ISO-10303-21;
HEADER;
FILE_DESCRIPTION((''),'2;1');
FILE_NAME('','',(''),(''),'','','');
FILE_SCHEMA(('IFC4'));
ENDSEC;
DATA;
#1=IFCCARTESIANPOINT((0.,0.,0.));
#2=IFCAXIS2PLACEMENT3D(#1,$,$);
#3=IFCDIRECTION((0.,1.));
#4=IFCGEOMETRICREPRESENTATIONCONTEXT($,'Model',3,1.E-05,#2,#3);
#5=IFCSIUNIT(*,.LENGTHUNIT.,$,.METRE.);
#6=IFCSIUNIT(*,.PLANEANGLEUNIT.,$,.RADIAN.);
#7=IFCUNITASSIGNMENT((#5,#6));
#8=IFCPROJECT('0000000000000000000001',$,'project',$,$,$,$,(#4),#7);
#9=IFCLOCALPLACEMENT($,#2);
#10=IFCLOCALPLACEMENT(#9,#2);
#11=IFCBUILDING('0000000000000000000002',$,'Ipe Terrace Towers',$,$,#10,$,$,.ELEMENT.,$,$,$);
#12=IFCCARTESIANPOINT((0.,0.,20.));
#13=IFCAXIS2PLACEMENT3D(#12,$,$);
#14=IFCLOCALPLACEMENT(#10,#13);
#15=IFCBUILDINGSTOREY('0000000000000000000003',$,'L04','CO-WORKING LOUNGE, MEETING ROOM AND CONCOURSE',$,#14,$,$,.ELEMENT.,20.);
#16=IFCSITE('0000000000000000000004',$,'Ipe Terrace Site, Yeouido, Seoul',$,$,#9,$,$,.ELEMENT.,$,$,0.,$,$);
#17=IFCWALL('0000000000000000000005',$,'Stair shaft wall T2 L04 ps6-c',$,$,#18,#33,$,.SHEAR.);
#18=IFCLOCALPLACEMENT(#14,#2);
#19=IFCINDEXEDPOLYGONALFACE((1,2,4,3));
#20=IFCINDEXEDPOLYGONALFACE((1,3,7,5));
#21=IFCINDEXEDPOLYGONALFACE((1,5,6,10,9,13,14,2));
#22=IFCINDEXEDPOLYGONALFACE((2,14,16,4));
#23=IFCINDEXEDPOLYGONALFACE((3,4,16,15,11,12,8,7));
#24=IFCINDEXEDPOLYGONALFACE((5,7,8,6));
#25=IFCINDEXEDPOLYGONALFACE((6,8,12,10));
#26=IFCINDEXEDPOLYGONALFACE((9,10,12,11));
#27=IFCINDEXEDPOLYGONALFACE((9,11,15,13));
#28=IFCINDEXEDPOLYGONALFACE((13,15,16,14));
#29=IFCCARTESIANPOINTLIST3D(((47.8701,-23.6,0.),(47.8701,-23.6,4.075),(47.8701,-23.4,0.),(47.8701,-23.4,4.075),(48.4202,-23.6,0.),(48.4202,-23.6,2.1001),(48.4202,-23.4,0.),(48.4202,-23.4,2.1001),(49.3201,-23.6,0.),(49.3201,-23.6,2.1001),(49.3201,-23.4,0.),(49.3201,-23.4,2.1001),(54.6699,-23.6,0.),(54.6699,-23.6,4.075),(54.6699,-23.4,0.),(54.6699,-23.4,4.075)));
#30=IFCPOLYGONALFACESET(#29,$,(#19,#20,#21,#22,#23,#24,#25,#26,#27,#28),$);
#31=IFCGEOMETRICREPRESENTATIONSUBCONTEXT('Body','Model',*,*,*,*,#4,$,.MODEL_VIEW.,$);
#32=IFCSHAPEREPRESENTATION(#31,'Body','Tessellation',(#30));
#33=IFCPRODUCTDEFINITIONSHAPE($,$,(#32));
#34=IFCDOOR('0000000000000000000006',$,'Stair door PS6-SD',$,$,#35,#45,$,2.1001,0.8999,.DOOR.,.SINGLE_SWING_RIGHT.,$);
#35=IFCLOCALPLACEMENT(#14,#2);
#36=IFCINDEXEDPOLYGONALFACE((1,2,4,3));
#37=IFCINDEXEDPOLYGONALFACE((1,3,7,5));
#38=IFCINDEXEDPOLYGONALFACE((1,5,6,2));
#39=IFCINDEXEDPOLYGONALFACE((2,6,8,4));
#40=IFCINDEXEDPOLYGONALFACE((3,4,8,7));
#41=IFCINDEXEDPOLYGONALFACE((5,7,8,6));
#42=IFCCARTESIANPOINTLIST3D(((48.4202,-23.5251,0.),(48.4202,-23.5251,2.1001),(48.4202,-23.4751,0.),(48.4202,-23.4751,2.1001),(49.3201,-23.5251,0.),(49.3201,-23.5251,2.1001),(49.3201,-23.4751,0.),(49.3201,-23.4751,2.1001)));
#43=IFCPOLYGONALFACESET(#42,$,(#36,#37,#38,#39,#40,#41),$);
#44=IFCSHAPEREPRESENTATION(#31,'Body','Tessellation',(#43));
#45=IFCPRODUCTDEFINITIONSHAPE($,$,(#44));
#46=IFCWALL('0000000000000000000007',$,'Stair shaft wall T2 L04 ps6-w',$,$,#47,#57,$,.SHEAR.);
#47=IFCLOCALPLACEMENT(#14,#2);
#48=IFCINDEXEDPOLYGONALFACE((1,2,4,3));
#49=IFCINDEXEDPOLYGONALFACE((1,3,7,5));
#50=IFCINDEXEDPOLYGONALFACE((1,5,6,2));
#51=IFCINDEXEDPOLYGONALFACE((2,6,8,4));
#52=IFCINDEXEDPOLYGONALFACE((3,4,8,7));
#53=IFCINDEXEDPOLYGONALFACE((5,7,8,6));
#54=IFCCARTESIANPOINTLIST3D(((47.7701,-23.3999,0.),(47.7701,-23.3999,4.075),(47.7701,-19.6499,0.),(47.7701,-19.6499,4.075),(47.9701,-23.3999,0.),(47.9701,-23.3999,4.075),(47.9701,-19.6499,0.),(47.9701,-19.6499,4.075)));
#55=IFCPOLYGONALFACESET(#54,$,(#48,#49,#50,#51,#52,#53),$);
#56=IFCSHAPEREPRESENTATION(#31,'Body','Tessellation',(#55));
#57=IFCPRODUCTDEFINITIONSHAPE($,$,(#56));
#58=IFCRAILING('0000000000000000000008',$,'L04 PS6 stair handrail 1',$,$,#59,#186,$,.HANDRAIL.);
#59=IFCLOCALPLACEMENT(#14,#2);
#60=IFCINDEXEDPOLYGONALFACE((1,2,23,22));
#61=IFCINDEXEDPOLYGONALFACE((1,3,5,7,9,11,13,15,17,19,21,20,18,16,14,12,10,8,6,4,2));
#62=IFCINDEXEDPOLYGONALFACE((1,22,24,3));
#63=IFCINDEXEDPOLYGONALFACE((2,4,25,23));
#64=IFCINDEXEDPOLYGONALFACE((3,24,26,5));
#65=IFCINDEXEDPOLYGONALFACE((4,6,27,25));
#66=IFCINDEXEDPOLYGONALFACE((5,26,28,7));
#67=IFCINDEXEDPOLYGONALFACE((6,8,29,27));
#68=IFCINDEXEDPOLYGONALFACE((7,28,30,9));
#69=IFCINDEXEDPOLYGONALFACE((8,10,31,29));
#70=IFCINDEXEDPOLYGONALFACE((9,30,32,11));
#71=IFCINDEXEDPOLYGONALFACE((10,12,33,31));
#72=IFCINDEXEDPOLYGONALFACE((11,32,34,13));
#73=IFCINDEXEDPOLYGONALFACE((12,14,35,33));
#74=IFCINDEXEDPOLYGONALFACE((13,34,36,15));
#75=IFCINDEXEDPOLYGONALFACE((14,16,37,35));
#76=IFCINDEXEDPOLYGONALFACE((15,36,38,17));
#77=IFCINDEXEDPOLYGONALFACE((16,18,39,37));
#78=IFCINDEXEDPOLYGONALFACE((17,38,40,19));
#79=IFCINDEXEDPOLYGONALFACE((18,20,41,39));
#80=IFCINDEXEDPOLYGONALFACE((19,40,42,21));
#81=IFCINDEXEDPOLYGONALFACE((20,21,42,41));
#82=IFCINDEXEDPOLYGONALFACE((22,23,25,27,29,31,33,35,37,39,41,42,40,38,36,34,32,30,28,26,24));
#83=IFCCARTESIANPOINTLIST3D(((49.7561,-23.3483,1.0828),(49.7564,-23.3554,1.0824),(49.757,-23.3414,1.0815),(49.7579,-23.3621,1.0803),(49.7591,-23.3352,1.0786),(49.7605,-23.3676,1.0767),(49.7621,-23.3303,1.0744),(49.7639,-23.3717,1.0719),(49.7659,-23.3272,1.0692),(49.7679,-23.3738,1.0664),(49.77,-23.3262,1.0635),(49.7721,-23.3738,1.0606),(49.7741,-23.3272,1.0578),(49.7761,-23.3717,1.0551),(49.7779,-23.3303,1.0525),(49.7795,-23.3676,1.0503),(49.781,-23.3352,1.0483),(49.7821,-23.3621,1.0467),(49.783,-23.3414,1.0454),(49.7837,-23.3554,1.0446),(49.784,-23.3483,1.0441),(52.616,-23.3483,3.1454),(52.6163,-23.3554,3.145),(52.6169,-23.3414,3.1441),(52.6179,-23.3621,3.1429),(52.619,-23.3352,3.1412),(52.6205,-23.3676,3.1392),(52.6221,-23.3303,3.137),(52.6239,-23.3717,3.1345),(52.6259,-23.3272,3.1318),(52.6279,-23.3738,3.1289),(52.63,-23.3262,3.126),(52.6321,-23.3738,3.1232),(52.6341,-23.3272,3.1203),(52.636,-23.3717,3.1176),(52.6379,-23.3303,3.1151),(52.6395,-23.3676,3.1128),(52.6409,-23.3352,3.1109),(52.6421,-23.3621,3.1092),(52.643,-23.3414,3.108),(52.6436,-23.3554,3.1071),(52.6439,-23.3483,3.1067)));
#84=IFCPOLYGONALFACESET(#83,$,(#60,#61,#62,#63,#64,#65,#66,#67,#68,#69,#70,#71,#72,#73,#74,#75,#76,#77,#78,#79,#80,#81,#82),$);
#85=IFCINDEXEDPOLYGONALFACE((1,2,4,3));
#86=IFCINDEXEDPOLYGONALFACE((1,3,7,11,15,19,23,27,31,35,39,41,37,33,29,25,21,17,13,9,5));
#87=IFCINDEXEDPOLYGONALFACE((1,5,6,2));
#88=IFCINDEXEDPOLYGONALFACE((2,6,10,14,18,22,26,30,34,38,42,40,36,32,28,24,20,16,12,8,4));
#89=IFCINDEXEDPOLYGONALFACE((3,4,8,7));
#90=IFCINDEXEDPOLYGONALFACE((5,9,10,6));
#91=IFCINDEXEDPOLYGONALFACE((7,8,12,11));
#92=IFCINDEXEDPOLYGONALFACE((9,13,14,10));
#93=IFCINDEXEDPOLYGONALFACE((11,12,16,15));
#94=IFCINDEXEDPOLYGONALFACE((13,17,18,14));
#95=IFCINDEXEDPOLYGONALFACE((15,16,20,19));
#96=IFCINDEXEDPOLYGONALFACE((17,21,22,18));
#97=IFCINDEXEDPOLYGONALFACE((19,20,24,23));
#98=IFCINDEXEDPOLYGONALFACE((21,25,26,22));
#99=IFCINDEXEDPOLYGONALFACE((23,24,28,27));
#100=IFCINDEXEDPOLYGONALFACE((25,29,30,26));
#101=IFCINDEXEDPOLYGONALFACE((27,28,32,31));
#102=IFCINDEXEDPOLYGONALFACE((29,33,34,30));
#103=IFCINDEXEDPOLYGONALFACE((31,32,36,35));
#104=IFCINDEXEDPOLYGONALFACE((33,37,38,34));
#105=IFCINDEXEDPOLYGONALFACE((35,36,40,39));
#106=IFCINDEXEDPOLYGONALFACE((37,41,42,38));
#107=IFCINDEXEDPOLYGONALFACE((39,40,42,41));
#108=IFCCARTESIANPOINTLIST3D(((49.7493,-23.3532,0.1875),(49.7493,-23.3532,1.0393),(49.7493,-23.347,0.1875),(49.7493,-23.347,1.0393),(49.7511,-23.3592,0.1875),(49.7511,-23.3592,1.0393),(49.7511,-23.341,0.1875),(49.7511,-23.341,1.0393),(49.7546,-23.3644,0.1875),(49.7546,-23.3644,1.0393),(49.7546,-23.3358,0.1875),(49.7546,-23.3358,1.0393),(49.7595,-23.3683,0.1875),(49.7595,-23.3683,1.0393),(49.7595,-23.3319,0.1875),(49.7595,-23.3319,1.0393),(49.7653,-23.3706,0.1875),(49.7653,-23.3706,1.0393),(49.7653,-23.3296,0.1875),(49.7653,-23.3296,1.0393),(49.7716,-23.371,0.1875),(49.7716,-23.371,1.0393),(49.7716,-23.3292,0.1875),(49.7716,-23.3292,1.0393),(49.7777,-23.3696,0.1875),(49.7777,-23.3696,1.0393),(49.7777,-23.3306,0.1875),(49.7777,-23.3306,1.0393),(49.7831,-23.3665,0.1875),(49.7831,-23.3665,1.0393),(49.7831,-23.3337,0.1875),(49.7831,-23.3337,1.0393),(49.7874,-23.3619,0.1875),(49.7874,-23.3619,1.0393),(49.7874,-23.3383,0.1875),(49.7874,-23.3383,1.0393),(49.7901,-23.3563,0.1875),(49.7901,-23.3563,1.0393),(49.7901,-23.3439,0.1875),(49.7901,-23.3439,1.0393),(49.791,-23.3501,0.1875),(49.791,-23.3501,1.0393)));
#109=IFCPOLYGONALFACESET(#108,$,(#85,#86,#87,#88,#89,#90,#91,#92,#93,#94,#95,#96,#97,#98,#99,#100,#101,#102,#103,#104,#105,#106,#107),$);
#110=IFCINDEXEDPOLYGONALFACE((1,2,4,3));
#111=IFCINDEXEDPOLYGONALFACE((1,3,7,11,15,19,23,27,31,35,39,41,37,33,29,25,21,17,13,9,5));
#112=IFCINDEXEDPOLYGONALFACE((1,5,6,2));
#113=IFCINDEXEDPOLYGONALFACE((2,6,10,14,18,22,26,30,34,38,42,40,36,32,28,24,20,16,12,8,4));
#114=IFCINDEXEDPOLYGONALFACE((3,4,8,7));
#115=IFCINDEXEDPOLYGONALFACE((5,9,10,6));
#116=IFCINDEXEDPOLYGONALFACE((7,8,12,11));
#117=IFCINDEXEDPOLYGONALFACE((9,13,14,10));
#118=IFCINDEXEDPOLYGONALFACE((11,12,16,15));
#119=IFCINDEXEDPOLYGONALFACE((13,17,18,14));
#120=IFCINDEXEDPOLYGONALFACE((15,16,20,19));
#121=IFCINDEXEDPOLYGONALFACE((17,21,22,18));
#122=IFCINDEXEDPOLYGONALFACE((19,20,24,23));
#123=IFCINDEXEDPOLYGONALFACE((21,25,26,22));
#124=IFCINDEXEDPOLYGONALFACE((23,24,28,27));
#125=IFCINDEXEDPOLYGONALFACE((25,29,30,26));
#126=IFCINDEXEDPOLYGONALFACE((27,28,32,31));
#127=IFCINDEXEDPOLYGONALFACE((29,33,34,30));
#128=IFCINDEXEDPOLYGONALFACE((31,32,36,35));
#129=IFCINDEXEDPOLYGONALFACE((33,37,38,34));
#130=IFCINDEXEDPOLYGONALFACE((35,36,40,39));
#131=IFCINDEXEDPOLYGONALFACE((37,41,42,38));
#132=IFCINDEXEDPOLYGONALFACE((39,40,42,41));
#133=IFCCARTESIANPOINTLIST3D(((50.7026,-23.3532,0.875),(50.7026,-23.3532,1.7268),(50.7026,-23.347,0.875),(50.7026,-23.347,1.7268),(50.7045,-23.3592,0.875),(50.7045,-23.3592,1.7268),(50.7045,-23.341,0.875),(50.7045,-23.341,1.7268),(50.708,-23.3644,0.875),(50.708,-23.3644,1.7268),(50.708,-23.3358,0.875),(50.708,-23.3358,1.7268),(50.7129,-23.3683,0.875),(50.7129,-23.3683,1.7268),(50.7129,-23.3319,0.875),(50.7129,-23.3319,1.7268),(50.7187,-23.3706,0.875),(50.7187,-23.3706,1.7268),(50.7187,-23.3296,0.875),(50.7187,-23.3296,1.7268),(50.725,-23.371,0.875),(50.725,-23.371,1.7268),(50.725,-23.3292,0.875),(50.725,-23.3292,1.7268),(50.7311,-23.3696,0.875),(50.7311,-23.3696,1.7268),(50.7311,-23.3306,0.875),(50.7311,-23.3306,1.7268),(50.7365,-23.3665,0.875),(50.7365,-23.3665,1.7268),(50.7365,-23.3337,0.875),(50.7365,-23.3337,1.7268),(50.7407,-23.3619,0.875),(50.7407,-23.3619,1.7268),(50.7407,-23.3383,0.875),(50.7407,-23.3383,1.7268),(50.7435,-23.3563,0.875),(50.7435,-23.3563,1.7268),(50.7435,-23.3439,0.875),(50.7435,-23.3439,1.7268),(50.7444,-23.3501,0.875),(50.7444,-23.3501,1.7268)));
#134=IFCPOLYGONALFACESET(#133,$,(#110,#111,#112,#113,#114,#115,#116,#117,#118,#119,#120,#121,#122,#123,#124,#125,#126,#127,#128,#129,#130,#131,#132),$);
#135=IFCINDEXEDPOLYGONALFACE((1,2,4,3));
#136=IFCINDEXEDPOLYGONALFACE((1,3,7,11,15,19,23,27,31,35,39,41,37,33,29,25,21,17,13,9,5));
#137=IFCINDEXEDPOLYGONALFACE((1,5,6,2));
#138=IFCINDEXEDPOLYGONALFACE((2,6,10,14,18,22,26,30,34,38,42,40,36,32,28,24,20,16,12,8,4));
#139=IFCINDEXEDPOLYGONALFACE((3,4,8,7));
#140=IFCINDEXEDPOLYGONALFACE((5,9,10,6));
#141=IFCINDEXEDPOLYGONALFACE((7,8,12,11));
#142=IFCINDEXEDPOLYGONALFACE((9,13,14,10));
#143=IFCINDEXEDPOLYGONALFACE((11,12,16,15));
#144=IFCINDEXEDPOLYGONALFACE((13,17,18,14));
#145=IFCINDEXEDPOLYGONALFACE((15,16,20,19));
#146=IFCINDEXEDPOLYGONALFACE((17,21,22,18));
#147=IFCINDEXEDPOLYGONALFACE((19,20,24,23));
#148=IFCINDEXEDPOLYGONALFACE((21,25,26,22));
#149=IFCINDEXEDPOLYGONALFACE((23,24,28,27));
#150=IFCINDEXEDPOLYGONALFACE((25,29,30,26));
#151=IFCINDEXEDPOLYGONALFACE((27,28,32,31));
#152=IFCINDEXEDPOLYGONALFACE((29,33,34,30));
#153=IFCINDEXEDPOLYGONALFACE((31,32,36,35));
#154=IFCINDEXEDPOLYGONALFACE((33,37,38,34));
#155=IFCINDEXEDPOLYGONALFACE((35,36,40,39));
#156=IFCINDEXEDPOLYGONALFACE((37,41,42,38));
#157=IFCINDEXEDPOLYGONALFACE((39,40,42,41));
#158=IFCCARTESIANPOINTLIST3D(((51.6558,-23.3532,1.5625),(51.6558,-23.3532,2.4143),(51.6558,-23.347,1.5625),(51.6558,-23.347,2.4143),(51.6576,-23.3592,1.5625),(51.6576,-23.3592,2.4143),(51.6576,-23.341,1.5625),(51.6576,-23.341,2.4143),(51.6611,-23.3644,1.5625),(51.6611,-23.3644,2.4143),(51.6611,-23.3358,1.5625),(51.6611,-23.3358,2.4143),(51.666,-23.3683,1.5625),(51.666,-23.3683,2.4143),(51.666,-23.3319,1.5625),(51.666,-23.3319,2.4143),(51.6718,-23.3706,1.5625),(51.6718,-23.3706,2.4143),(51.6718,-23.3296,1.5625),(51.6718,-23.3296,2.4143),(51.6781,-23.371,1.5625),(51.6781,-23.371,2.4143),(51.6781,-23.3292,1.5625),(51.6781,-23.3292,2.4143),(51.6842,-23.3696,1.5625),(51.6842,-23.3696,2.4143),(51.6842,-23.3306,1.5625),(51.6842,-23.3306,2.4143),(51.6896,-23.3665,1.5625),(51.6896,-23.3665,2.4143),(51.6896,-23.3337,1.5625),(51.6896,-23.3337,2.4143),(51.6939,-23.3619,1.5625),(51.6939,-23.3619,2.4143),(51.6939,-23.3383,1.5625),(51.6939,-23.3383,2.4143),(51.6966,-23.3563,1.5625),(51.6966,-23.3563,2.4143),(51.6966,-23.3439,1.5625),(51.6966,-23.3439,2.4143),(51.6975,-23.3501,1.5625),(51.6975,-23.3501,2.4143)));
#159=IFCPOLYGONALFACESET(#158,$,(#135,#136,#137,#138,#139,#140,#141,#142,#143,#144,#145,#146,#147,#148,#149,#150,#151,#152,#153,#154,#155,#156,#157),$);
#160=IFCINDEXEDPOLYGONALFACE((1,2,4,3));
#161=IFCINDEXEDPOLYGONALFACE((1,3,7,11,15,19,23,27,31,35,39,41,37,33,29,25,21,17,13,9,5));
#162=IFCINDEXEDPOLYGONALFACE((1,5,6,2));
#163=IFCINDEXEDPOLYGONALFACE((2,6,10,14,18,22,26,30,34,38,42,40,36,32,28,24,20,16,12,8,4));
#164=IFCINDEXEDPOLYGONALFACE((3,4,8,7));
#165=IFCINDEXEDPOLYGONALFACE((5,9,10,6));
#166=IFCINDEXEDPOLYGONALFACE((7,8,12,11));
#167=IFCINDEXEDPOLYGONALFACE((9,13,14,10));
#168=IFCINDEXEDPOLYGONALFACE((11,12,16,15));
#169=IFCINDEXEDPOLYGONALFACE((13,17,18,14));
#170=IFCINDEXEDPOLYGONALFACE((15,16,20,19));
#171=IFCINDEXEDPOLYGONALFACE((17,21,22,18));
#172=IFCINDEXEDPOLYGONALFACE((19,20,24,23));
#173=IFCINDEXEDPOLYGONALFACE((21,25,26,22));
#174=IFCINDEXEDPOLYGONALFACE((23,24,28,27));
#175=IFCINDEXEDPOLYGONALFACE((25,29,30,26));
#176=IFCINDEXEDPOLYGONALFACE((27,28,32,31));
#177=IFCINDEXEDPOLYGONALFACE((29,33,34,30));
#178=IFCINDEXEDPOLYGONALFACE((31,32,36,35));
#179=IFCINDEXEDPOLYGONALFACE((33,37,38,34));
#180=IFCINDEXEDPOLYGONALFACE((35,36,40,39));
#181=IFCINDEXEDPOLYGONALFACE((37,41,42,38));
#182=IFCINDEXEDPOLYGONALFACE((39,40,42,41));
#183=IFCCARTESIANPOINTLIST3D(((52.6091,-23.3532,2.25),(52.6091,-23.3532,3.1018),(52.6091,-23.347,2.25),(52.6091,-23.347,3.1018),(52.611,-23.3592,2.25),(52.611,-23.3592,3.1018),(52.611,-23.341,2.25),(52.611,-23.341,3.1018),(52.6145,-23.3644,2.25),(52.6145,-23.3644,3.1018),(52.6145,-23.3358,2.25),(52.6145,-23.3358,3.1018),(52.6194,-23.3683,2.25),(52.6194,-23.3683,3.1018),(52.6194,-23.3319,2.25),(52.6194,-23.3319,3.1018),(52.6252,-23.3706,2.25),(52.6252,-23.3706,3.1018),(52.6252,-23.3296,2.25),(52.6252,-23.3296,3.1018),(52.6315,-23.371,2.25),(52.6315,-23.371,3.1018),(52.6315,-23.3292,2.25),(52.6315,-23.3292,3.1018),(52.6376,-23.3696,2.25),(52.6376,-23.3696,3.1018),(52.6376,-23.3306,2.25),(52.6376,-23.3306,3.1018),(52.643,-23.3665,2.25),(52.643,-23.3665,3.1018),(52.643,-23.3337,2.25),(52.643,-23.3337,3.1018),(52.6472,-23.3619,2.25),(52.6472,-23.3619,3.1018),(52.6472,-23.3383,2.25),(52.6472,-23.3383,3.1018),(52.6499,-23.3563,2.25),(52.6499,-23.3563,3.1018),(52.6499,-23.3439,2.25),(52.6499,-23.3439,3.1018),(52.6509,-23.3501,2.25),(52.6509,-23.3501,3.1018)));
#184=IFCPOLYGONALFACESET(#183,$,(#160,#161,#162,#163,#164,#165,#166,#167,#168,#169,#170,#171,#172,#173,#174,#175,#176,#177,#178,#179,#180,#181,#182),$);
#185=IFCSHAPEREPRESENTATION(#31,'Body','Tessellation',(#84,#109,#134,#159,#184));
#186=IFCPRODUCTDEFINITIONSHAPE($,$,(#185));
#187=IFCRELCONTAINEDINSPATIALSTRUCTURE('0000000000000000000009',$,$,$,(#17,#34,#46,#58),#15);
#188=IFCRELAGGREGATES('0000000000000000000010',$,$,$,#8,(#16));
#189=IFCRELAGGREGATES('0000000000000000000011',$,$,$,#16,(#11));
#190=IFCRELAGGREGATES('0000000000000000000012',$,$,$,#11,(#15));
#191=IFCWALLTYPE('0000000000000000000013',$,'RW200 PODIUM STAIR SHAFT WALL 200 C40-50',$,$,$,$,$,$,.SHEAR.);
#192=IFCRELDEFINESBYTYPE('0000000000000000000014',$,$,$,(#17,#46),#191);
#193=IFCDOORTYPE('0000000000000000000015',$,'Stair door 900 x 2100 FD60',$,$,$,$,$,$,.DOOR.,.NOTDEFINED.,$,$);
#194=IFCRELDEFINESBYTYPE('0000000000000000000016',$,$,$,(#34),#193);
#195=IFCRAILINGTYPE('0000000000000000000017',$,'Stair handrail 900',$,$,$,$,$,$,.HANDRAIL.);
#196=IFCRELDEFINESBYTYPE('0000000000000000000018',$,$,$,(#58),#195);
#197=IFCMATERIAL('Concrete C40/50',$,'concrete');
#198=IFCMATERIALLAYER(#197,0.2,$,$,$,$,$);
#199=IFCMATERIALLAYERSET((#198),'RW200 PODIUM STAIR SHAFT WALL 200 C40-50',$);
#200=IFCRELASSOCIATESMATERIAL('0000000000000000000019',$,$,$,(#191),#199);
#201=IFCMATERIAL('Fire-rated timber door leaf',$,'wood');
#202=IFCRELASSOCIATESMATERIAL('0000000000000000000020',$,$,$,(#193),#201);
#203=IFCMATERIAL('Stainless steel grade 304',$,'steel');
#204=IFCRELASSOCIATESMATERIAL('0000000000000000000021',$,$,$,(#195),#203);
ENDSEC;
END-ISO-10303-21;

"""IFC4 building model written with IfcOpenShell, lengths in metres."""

from ifc_helpers import new_model, si_unit, direction, frame, frame_2d, origin, origin_2d, place, context, subcontext, project, spatial, rectangle, circle, extrude, material, layer, layer_set, type_object, element, fill, save


model = new_model("IFC4")

# Units and contexts
model_context = context("Model", 3, precision=1e-05, world=origin(), true_north=direction((0.0, 1.0)))
body_context = subcontext(model_context, "Body", "Model", "MODEL_VIEW")
ifc_project = project(units=[si_unit("LENGTHUNIT", "METRE"), si_unit("PLANEANGLEUNIT", "RADIAN")], contexts=[model_context])

# Site, building, storey
site_placement = place(None, origin())
site = spatial("IfcSite", under=ifc_project, at=site_placement, Name="Ipe Terrace Site, Yeouido, Seoul", CompositionType="ELEMENT", RefElevation=0.0)
building_placement = place(site_placement, origin())
building = spatial("IfcBuilding", under=site, at=building_placement, Name="Ipe Terrace Towers", CompositionType="ELEMENT")
storey_placement = place(building_placement, frame((0.0, 0.0, 20.0)))
storey = spatial("IfcBuildingStorey", under=building, at=storey_placement, Name="L04", Description="CO-WORKING LOUNGE, MEETING ROOM AND CONCOURSE", CompositionType="ELEMENT", Elevation=20.0)

# Wall, opening, door
ifc_material_1 = material(Name="Concrete C40/50", Category="concrete")
ifc_layer_1 = layer(ifc_material_1, 0.2)
ifc_layer_set_1 = layer_set([ifc_layer_1], Name="RW200 PODIUM STAIR SHAFT WALL 200 C40-50")
wall_type_1 = type_object("IfcWallType", Name="RW200 PODIUM STAIR SHAFT WALL 200 C40-50", PredefinedType="SHEAR", material=ifc_layer_set_1)
wall_1_placement = place(storey_placement, frame((47.8701, -23.5, 0.0), z_axis=(0.0, 0.0, 1.0), x_axis=(1.0, 0.0, 0.0)))
wall_1 = element("IfcWall", 1, at=wall_1_placement, inside=storey, type_object=wall_type_1, Name="Stair shaft wall T2 L04 ps6-c", PredefinedType="SHEAR", context=body_context, shape_type="SweptSolid", body=[
    extrude(rectangle(XDim=6.7998, YDim=0.2, at=frame_2d((3.3999, 0.0))), origin(), (0.0, 0.0, 1.0), 4.075),
])
opening_1_placement = place(wall_1_placement, frame((0.55, 0.0, 0.0)))
opening_1 = element("IfcOpeningElement", 2, at=opening_1_placement, cuts=wall_1, PredefinedType="OPENING", context=body_context, shape_type="SweptSolid", body=[
    extrude(rectangle(XDim=0.8999, YDim=2.1001, at=frame_2d((0.45, 1.05))), frame((0.0, 0.1099, 0.0), z_axis=(0.0, -1.0, 0.0), x_axis=(1.0, 0.0, 0.0)), (0.0, 0.0, 1.0), 0.22),
])
ifc_material_2 = material(Name="Fire-rated timber door leaf", Category="wood")
door_type_1 = type_object("IfcDoorType", Name="Stair door 900 x 2100 FD60", OperationType="NOTDEFINED", PredefinedType="DOOR", material=ifc_material_2)
door_1_placement = place(opening_1_placement, origin())
door_1 = element("IfcDoor", 3, at=door_1_placement, inside=storey, type_object=door_type_1, Name="Stair door PS6-SD", OperationType="SINGLE_SWING_RIGHT", OverallHeight=2.1001, OverallWidth=0.8999, PredefinedType="DOOR", context=body_context, shape_type="SweptSolid", body=[
    extrude(rectangle(XDim=0.8999, YDim=2.1001, at=frame_2d((0.45, 1.05))), frame((0.0, 0.0249, 0.0), z_axis=(0.0, -1.0, 0.0), x_axis=(1.0, 0.0, 0.0)), (0.0, 0.0, 1.0), 0.05),
])
fill(opening_1, door_1)

# Wall
wall_2_placement = place(storey_placement, frame((47.8701, -23.3999, 0.0), z_axis=(0.0, 0.0, 1.0), x_axis=(0.0, 1.0, 0.0)))
element("IfcWall", 4, at=wall_2_placement, inside=storey, type_object=wall_type_1, Name="Stair shaft wall T2 L04 ps6-w", PredefinedType="SHEAR", context=body_context, shape_type="SweptSolid", body=[
    extrude(rectangle(XDim=3.75, YDim=0.2, at=frame_2d((1.875, 0.0))), origin(), (0.0, 0.0, 1.0), 4.075),
])

# Railing
ifc_material_3 = material(Name="Stainless steel grade 304", Category="steel")
railing_type_1 = type_object("IfcRailingType", Name="Stair handrail 900", PredefinedType="HANDRAIL", material=ifc_material_3)
railing_1_placement = place(storey_placement, frame((49.77, -23.3501, 0.1875)))
element("IfcRailing", 5, at=railing_1_placement, inside=storey, type_object=railing_type_1, Name="L04 PS6 stair handrail 1", PredefinedType="HANDRAIL", context=body_context, shape_type="SweptSolid", body=[
    extrude(circle(Radius=0.0239, at=origin_2d()), frame((0.0, 0.0, 0.876), z_axis=(0.811077, 0.0, 0.584939), x_axis=(0.0, 1.0, 0.0)), (0.0, 0.0, 1.0), 3.5261),
    extrude(circle(Radius=0.021, at=origin_2d()), origin(), (0.0, 0.0, 1.0), 0.8518),
    extrude(circle(Radius=0.021, at=origin_2d()), frame((0.9534, 0.0, 0.6875)), (0.0, 0.0, 1.0), 0.8518),
    extrude(circle(Radius=0.021, at=origin_2d()), frame((1.9065, 0.0, 1.375)), (0.0, 0.0, 1.0), 0.8518),
    extrude(circle(Radius=0.021, at=origin_2d()), frame((2.8599, 0.0, 2.0625)), (0.0, 0.0, 1.0), 0.8518),
])

save(model, "model.ifc")
